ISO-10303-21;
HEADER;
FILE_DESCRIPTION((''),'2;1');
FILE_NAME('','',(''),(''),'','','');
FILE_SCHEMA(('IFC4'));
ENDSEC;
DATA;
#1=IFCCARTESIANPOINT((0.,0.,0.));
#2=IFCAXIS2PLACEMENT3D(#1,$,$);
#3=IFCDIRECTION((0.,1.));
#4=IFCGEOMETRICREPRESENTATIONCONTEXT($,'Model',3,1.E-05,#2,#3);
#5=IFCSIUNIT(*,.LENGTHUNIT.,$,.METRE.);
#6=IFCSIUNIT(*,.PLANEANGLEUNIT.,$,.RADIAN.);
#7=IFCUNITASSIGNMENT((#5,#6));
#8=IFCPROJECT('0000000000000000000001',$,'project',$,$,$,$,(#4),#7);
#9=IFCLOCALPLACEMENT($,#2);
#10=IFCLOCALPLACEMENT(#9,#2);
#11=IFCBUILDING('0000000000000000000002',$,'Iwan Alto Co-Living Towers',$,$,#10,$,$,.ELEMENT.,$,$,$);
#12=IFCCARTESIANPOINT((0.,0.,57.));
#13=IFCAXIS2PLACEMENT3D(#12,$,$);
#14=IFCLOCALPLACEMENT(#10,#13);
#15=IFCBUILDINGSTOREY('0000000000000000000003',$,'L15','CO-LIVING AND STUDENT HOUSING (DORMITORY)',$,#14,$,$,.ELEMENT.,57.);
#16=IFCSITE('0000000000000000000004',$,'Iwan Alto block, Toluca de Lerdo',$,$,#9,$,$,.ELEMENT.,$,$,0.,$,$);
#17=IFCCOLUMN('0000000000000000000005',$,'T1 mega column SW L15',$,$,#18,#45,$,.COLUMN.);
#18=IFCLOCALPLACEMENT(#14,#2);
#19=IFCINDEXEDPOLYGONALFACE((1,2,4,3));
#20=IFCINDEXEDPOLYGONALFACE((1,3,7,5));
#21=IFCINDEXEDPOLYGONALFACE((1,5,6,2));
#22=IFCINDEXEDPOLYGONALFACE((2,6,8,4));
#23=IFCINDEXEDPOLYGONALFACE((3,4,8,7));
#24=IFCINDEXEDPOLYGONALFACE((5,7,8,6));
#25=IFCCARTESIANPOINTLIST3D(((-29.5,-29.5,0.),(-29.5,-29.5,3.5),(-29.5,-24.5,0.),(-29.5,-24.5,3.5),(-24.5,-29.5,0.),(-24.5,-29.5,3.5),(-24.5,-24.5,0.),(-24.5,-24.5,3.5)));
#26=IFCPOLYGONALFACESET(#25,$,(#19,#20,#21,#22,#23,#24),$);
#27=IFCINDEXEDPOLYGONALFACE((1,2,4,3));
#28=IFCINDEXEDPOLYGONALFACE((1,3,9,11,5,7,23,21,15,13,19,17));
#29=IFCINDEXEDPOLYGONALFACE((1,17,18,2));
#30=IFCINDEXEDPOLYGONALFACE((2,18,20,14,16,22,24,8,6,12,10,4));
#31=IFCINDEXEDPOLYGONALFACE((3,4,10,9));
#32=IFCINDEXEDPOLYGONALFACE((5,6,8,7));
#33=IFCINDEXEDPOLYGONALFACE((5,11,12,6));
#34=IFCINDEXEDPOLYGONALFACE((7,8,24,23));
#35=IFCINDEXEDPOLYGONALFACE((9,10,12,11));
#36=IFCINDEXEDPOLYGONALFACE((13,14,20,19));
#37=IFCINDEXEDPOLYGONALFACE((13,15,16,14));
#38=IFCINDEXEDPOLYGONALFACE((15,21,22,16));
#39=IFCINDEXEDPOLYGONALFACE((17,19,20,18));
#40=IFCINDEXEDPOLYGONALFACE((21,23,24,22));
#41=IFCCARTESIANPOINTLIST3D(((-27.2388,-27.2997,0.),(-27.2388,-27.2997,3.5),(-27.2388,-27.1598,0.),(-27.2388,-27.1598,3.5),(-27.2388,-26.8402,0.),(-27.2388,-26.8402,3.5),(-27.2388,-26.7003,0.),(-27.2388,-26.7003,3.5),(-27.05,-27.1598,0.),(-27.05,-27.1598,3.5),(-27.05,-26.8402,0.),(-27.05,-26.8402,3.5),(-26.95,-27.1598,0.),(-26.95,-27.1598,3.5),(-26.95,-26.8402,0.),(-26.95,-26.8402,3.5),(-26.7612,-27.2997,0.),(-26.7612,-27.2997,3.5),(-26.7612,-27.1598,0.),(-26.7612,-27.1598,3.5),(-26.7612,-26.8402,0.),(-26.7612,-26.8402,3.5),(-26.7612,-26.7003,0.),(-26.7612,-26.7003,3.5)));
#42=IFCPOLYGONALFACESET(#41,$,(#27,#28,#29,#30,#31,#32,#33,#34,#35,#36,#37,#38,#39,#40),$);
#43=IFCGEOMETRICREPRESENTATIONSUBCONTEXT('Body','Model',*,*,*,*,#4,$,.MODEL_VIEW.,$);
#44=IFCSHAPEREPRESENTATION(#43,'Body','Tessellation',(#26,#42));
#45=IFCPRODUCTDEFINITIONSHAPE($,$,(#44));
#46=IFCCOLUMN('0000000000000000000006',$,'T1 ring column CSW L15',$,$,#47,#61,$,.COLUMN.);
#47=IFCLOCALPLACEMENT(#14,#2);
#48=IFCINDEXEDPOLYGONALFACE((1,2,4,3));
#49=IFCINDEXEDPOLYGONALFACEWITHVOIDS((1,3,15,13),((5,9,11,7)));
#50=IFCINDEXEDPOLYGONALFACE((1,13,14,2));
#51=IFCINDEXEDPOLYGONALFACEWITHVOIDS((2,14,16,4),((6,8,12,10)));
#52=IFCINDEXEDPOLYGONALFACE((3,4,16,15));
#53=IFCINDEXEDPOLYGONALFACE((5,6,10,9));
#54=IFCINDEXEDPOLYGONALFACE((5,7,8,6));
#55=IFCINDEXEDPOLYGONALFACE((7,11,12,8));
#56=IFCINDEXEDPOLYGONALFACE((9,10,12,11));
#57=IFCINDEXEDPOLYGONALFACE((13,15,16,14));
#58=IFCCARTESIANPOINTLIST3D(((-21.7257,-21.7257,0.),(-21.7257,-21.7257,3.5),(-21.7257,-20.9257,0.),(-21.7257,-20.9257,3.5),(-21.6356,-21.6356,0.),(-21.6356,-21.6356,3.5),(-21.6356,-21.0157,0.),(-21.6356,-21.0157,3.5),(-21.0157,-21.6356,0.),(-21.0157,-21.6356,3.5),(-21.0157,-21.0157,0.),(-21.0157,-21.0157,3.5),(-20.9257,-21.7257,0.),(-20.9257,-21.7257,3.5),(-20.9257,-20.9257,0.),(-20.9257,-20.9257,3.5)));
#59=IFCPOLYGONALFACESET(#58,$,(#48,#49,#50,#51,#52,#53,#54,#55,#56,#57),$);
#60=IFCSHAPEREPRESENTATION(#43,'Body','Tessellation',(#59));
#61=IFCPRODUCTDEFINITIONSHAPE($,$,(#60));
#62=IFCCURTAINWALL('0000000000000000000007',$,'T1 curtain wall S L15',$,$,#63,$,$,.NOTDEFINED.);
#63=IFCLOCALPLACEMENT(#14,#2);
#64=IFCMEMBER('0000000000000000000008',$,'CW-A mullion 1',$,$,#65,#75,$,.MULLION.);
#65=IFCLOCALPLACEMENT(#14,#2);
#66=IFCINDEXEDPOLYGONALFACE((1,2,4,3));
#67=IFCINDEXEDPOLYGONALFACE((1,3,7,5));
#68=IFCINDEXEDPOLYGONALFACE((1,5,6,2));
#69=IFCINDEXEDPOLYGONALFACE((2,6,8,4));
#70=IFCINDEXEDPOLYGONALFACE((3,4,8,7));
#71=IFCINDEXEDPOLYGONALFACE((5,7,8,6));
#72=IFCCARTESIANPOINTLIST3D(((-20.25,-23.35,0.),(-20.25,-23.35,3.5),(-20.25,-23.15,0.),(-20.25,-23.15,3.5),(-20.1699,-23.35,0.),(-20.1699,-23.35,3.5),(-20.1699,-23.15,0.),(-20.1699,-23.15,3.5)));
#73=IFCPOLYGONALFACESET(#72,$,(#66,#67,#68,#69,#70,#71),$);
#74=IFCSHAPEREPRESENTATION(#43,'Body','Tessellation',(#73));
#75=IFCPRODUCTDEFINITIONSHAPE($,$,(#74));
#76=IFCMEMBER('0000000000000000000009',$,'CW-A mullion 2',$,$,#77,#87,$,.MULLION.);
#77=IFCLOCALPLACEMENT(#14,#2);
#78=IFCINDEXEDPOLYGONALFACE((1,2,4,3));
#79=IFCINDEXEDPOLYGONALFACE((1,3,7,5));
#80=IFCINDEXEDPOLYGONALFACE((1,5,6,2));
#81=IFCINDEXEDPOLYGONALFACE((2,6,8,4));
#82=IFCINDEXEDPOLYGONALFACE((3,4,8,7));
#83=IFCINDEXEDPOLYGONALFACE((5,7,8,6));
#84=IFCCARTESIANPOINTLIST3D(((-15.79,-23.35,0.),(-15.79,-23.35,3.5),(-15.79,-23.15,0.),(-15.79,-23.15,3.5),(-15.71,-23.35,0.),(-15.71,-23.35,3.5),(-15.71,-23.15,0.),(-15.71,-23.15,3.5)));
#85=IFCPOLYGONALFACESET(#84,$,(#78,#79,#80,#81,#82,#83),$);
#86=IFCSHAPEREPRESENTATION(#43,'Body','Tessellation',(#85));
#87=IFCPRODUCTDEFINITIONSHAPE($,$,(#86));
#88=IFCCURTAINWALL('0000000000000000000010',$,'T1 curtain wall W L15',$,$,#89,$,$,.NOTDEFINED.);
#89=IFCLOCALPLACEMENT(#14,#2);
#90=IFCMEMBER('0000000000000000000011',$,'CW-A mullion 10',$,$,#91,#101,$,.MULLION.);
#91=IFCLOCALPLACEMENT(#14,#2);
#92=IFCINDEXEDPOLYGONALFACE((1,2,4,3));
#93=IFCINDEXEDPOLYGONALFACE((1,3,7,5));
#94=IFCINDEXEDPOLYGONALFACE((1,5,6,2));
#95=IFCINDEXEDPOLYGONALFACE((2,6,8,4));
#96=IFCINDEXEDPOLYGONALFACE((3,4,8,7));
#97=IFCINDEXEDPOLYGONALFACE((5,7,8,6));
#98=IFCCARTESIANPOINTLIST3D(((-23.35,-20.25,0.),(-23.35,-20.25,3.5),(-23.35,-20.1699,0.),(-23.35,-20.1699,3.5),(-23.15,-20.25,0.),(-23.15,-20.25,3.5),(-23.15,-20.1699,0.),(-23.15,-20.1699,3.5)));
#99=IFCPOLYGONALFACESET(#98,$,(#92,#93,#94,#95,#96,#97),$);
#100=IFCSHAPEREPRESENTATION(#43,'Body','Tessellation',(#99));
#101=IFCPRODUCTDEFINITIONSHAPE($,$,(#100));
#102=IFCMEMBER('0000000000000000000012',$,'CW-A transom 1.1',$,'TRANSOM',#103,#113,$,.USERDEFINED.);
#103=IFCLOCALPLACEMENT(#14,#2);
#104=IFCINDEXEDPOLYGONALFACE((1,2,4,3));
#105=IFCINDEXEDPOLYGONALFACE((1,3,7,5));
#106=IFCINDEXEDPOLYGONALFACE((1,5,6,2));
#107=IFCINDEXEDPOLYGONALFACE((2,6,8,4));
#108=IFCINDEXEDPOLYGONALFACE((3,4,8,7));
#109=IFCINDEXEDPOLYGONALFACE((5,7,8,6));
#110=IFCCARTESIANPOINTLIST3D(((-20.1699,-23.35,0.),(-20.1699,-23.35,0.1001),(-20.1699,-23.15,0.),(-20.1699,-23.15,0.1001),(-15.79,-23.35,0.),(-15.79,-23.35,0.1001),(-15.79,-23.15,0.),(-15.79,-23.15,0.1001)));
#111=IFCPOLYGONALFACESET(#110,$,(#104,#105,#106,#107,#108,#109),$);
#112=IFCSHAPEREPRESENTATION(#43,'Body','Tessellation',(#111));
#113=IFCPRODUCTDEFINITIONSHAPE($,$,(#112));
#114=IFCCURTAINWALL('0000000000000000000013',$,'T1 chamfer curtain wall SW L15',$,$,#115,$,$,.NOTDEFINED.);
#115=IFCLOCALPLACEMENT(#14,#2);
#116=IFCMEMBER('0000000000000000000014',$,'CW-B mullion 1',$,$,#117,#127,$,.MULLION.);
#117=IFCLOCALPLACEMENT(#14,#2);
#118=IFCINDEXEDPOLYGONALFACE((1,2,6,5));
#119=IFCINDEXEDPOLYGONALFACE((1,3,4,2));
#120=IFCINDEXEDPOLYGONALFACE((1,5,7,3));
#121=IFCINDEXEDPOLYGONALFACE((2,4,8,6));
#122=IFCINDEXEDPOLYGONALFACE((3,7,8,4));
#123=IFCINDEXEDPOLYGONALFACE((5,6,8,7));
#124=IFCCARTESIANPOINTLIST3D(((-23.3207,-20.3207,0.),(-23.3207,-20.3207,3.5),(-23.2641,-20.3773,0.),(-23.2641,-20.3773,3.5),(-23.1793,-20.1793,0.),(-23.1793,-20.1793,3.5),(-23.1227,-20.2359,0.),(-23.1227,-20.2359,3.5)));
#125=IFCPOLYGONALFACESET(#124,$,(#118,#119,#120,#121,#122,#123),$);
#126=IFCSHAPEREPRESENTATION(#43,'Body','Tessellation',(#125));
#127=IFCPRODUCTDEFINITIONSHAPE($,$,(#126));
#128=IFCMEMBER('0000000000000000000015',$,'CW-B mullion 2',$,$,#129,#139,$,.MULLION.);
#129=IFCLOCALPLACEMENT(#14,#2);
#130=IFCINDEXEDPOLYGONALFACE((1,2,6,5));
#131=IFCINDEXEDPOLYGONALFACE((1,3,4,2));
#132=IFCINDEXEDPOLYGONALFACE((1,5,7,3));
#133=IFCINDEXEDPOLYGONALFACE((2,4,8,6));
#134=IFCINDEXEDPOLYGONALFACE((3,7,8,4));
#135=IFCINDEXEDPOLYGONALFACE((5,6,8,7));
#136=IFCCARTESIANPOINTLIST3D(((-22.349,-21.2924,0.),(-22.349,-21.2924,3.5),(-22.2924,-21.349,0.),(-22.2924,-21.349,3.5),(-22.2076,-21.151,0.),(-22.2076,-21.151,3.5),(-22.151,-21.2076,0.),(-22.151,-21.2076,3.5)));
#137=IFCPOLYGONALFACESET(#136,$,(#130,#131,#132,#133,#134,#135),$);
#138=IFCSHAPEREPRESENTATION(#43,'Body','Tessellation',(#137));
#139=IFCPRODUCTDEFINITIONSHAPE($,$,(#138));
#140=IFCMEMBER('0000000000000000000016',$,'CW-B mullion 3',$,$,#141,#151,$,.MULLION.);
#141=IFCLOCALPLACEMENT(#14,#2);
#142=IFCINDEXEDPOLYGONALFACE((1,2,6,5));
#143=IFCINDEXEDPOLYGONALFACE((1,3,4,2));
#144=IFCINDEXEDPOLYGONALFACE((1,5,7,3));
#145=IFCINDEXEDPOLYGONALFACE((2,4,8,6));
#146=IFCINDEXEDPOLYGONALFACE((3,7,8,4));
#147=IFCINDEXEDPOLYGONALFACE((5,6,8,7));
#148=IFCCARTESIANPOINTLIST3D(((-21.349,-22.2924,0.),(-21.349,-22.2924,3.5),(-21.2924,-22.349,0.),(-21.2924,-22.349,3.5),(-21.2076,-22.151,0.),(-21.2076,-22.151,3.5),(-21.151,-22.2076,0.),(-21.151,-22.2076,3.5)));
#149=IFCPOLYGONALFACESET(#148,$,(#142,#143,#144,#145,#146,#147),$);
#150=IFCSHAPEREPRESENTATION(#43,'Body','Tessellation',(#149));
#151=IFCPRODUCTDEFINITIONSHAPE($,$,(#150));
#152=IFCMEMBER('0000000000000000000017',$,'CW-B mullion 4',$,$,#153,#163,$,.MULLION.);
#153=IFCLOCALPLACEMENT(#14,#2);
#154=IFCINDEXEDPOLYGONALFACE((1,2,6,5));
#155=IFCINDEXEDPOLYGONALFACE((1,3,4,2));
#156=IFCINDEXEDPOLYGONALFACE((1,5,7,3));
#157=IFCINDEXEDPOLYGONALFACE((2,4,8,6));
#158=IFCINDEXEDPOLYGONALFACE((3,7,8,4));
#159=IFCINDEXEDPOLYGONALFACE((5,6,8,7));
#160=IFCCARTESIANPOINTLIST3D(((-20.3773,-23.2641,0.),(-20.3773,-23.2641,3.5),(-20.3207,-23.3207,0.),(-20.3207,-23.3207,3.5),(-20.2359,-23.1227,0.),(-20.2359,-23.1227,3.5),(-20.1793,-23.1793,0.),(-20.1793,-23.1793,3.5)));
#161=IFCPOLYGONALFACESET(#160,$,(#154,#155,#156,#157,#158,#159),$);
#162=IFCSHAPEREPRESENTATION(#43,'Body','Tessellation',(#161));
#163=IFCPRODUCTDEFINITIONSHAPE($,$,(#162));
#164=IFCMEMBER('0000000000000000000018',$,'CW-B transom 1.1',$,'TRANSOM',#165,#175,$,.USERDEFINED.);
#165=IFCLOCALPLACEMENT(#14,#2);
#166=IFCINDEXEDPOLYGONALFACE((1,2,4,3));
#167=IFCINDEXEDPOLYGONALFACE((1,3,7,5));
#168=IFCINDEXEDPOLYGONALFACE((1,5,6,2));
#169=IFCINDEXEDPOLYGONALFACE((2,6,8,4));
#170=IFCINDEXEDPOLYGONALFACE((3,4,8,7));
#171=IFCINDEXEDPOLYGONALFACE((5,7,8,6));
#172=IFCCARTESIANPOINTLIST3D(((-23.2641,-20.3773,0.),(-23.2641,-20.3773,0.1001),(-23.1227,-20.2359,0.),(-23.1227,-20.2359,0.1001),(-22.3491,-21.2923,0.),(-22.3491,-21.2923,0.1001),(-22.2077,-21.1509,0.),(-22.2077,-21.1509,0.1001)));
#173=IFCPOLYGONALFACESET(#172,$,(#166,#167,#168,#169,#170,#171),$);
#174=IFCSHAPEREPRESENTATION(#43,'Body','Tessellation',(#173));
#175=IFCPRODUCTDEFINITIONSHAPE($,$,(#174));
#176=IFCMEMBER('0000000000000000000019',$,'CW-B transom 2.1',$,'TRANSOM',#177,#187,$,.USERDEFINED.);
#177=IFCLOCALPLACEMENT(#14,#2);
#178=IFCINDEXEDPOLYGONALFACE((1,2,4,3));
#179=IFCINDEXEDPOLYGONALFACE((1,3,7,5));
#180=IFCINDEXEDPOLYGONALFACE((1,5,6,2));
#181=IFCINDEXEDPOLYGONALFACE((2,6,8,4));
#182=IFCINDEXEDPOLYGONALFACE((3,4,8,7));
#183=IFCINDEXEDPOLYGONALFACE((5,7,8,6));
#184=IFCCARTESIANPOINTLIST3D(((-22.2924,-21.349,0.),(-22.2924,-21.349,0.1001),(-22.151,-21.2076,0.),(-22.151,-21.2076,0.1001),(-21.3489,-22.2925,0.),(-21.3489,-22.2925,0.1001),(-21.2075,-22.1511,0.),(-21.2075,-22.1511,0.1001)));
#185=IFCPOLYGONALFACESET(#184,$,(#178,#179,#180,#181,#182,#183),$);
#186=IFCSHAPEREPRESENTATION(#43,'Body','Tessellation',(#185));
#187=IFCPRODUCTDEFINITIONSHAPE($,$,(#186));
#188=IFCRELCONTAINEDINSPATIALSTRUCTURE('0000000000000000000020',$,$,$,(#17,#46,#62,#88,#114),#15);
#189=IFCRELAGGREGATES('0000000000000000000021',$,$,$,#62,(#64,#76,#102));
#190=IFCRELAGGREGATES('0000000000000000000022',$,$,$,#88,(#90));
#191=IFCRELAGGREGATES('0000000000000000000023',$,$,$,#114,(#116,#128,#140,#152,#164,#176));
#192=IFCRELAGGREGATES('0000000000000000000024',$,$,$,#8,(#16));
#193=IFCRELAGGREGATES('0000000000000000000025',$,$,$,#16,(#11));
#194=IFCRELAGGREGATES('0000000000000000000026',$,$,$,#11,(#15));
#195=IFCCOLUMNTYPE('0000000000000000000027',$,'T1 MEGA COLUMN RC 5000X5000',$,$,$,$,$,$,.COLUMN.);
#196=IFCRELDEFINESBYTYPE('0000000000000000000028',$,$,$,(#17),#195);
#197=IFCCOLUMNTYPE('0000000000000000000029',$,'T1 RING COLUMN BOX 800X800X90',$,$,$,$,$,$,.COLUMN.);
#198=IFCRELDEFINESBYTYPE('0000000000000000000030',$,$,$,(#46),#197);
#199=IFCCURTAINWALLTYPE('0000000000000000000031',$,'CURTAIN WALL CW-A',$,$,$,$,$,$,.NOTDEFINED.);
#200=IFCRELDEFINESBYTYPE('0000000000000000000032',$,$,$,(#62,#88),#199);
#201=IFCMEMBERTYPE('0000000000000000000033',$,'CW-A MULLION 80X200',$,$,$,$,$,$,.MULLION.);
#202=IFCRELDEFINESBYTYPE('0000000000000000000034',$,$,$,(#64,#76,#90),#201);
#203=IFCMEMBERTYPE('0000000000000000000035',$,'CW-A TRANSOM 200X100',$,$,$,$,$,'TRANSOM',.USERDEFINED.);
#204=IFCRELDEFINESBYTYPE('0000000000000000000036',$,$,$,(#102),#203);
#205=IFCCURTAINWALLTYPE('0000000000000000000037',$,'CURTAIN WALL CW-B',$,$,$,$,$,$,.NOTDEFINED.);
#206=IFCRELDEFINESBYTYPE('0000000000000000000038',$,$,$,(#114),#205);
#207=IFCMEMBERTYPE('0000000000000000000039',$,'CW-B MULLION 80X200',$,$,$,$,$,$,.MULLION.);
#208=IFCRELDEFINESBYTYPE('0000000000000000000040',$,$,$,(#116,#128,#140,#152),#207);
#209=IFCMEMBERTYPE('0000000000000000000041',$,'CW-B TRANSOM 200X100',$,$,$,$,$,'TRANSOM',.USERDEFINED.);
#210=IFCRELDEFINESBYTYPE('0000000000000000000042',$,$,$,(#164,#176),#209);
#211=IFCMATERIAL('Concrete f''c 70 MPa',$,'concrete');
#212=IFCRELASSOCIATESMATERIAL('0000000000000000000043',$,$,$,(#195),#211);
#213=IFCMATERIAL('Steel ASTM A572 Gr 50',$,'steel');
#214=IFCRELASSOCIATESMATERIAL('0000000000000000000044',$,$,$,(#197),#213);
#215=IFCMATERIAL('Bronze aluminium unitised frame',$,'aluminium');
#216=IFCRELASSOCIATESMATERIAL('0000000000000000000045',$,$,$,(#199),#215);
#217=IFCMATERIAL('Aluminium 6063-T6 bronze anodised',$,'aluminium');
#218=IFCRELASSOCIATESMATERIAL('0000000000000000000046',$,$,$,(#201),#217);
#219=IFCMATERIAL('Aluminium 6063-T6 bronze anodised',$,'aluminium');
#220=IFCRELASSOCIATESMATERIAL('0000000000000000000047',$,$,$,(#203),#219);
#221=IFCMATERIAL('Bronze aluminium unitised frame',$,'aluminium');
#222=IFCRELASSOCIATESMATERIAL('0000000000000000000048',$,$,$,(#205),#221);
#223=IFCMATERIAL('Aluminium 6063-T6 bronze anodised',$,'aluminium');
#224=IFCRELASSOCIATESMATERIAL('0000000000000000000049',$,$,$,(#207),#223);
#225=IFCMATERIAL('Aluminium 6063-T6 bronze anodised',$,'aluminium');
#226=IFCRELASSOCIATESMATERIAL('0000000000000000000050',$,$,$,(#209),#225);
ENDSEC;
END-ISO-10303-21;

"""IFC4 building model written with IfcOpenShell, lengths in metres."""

from ifc_helpers import new_model, si_unit, direction, frame, origin, origin_2d, place, context, subcontext, project, spatial, rectangle, hollow_rectangle, i_section, extrude, material, material_profile, profile_set, type_object, element, aggregate, save


model = new_model("IFC4")

# Units and contexts
model_context = context("Model", 3, precision=1e-05, world=origin(), true_north=direction((0.0, 1.0)))
body_context = subcontext(model_context, "Body", "Model", "MODEL_VIEW")
ifc_project = project(units=[si_unit("LENGTHUNIT", "METRE"), si_unit("PLANEANGLEUNIT", "RADIAN")], contexts=[model_context])

# Site, building, storey
site_placement = place(None, origin())
site = spatial("IfcSite", under=ifc_project, at=site_placement, Name="Iwan Alto block, Toluca de Lerdo", CompositionType="ELEMENT", RefElevation=0.0)
building_placement = place(site_placement, origin())
building = spatial("IfcBuilding", under=site, at=building_placement, Name="Iwan Alto Co-Living Towers", CompositionType="ELEMENT")
storey_placement = place(building_placement, frame((0.0, 0.0, 57.0)))
storey = spatial("IfcBuildingStorey", under=building, at=storey_placement, Name="L15", Description="CO-LIVING AND STUDENT HOUSING (DORMITORY)", CompositionType="ELEMENT", Elevation=57.0)

# Columns
ifc_material_1 = material(Name="Concrete f'c 70 MPa", Category="concrete")
ifc_material_profile_1 = material_profile(ifc_material_1, rectangle(XDim=5.0, YDim=5.0, at=origin_2d()), Name="RC 5000X5000")
ifc_profile_set_1 = profile_set([ifc_material_profile_1], Name="Concrete f'c 70 MPa")
column_type_1 = type_object("IfcColumnType", Name="T1 MEGA COLUMN RC 5000X5000", PredefinedType="COLUMN", material=ifc_profile_set_1)
column_1_placement = place(storey_placement, frame((-27.0, -27.0, 0.0), z_axis=(0.0, 0.0, 1.0), x_axis=(1.0, 0.0, 0.0)))
element("IfcColumn", 1, at=column_1_placement, inside=storey, type_object=column_type_1, Name="T1 mega column SW L15", PredefinedType="COLUMN", context=body_context, shape_type="SweptSolid", body=[
    extrude(rectangle(XDim=5.0, YDim=5.0, at=origin_2d()), origin(), (0.0, 0.0, 1.0), 3.5),
    extrude(i_section(OverallWidth=0.4775, OverallDepth=0.5994, WebThickness=0.1001, FlangeThickness=0.1399, at=origin_2d()), origin(), (0.0, 0.0, 1.0), 3.5),
])
ifc_material_2 = material(Name="Steel ASTM A572 Gr 50", Category="steel")
ifc_material_profile_2 = material_profile(ifc_material_2, hollow_rectangle(XDim=0.8, YDim=0.8, WallThickness=0.0901, at=origin_2d()), Name="BOX 800X800X90")
ifc_profile_set_2 = profile_set([ifc_material_profile_2], Name="Steel ASTM A572 Gr 50")
column_type_2 = type_object("IfcColumnType", Name="T1 RING COLUMN BOX 800X800X90", PredefinedType="COLUMN", material=ifc_profile_set_2)
column_2_placement = place(storey_placement, frame((-21.3257, -21.3257, 0.0), z_axis=(0.0, 0.0, 1.0), x_axis=(1.0, 0.0, 0.0)))
element("IfcColumn", 2, at=column_2_placement, inside=storey, type_object=column_type_2, Name="T1 ring column CSW L15", PredefinedType="COLUMN", context=body_context, shape_type="SweptSolid", body=[
    extrude(hollow_rectangle(XDim=0.8, YDim=0.8, WallThickness=0.0901, at=origin_2d()), origin(), (0.0, 0.0, 1.0), 3.5),
])

# Curtain wall, members
ifc_material_3 = material(Name="Bronze aluminium unitised frame", Category="aluminium")
curtain_wall_type_1 = type_object("IfcCurtainWallType", Name="CURTAIN WALL CW-A", PredefinedType="NOTDEFINED", material=ifc_material_3)
curtain_wall_1_placement = place(storey_placement, origin())
curtain_wall_1 = element("IfcCurtainWall", 3, at=curtain_wall_1_placement, inside=storey, type_object=curtain_wall_type_1, Name="T1 curtain wall S L15", PredefinedType="NOTDEFINED")
ifc_material_4 = material(Name="Aluminium 6063-T6 bronze anodised", Category="aluminium")
ifc_material_profile_3 = material_profile(ifc_material_4, rectangle(XDim=0.2, YDim=0.0801, at=origin_2d()), Name="AL 80X200")
ifc_profile_set_3 = profile_set([ifc_material_profile_3], Name="Aluminium 6063-T6 bronze anodised")
member_type_1 = type_object("IfcMemberType", Name="CW-A MULLION 80X200", PredefinedType="MULLION", material=ifc_profile_set_3)
member_1_placement = place(storey_placement, frame((-20.21, -23.25, 0.0), z_axis=(0.0, 0.0, 1.0), x_axis=(0.0, 1.0, 0.0)))
member_1 = element("IfcMember", 4, at=member_1_placement, type_object=member_type_1, Name="CW-A mullion 1", PredefinedType="MULLION", context=body_context, shape_type="SweptSolid", body=[
    extrude(rectangle(XDim=0.2, YDim=0.0801, at=origin_2d()), origin(), (0.0, 0.0, 1.0), 3.5),
])
member_2_placement = place(storey_placement, frame((-15.75, -23.25, 0.0), z_axis=(0.0, 0.0, 1.0), x_axis=(0.0, 1.0, 0.0)))
member_2 = element("IfcMember", 5, at=member_2_placement, type_object=member_type_1, Name="CW-A mullion 2", PredefinedType="MULLION", context=body_context, shape_type="SweptSolid", body=[
    extrude(rectangle(XDim=0.2, YDim=0.0801, at=origin_2d()), origin(), (0.0, 0.0, 1.0), 3.5),
])

# Curtain wall, member
curtain_wall_2_placement = place(storey_placement, origin())
curtain_wall_2 = element("IfcCurtainWall", 6, at=curtain_wall_2_placement, inside=storey, type_object=curtain_wall_type_1, Name="T1 curtain wall W L15", PredefinedType="NOTDEFINED")
member_3_placement = place(storey_placement, frame((-23.25, -20.21, 0.0), z_axis=(0.0, 0.0, 1.0), x_axis=(1.0, 0.0, 0.0)))
member_3 = element("IfcMember", 7, at=member_3_placement, type_object=member_type_1, Name="CW-A mullion 10", PredefinedType="MULLION", context=body_context, shape_type="SweptSolid", body=[
    extrude(rectangle(XDim=0.2, YDim=0.0801, at=origin_2d()), origin(), (0.0, 0.0, 1.0), 3.5),
])

# Member
ifc_material_5 = material(Name="Aluminium 6063-T6 bronze anodised", Category="aluminium")
ifc_material_profile_4 = material_profile(ifc_material_5, rectangle(XDim=0.2, YDim=0.1001, at=origin_2d()), Name="AL 200X100")
ifc_profile_set_4 = profile_set([ifc_material_profile_4], Name="Aluminium 6063-T6 bronze anodised")
member_type_2 = type_object("IfcMemberType", Name="CW-A TRANSOM 200X100", ElementType="TRANSOM", PredefinedType="USERDEFINED", material=ifc_profile_set_4)
member_4_placement = place(storey_placement, frame((-20.1699, -23.25, 0.05), z_axis=(1.0, 0.0, 0.0), x_axis=(0.0, 1.0, 0.0)))
member_4 = element("IfcMember", 8, at=member_4_placement, type_object=member_type_2, Name="CW-A transom 1.1", ObjectType="TRANSOM", PredefinedType="USERDEFINED", context=body_context, shape_type="SweptSolid", body=[
    extrude(rectangle(XDim=0.2, YDim=0.1001, at=origin_2d()), origin(), (0.0, 0.0, 1.0), 4.3799),
])

# Curtain wall, members
ifc_material_6 = material(Name="Bronze aluminium unitised frame", Category="aluminium")
curtain_wall_type_2 = type_object("IfcCurtainWallType", Name="CURTAIN WALL CW-B", PredefinedType="NOTDEFINED", material=ifc_material_6)
curtain_wall_3_placement = place(storey_placement, origin())
curtain_wall_3 = element("IfcCurtainWall", 9, at=curtain_wall_3_placement, inside=storey, type_object=curtain_wall_type_2, Name="T1 chamfer curtain wall SW L15", PredefinedType="NOTDEFINED")
ifc_material_7 = material(Name="Aluminium 6063-T6 bronze anodised", Category="aluminium")
ifc_material_profile_5 = material_profile(ifc_material_7, rectangle(XDim=0.2, YDim=0.0801, at=origin_2d()), Name="AL 80X200")
ifc_profile_set_5 = profile_set([ifc_material_profile_5], Name="Aluminium 6063-T6 bronze anodised")
member_type_3 = type_object("IfcMemberType", Name="CW-B MULLION 80X200", PredefinedType="MULLION", material=ifc_profile_set_5)
member_5_placement = place(storey_placement, frame((-23.2217, -20.2783, 0.0), z_axis=(0.0, 0.0, 1.0), x_axis=(0.707107, 0.707107, 0.0)))
member_5 = element("IfcMember", 10, at=member_5_placement, type_object=member_type_3, Name="CW-B mullion 1", PredefinedType="MULLION", context=body_context, shape_type="SweptSolid", body=[
    extrude(rectangle(XDim=0.2, YDim=0.0801, at=origin_2d()), origin(), (0.0, 0.0, 1.0), 3.5),
])
member_6_placement = place(storey_placement, frame((-22.25, -21.25, 0.0), z_axis=(0.0, 0.0, 1.0), x_axis=(0.707107, 0.707107, 0.0)))
member_6 = element("IfcMember", 11, at=member_6_placement, type_object=member_type_3, Name="CW-B mullion 2", PredefinedType="MULLION", context=body_context, shape_type="SweptSolid", body=[
    extrude(rectangle(XDim=0.2, YDim=0.0801, at=origin_2d()), origin(), (0.0, 0.0, 1.0), 3.5),
])
member_7_placement = place(storey_placement, frame((-21.25, -22.25, 0.0), z_axis=(0.0, 0.0, 1.0), x_axis=(0.707107, 0.707107, 0.0)))
member_7 = element("IfcMember", 12, at=member_7_placement, type_object=member_type_3, Name="CW-B mullion 3", PredefinedType="MULLION", context=body_context, shape_type="SweptSolid", body=[
    extrude(rectangle(XDim=0.2, YDim=0.0801, at=origin_2d()), origin(), (0.0, 0.0, 1.0), 3.5),
])
member_8_placement = place(storey_placement, frame((-20.2783, -23.2217, 0.0), z_axis=(0.0, 0.0, 1.0), x_axis=(0.707107, 0.707107, 0.0)))
member_8 = element("IfcMember", 13, at=member_8_placement, type_object=member_type_3, Name="CW-B mullion 4", PredefinedType="MULLION", context=body_context, shape_type="SweptSolid", body=[
    extrude(rectangle(XDim=0.2, YDim=0.0801, at=origin_2d()), origin(), (0.0, 0.0, 1.0), 3.5),
])
ifc_material_8 = material(Name="Aluminium 6063-T6 bronze anodised", Category="aluminium")
ifc_material_profile_6 = material_profile(ifc_material_8, rectangle(XDim=0.2, YDim=0.1001, at=origin_2d()), Name="AL 200X100")
ifc_profile_set_6 = profile_set([ifc_material_profile_6], Name="Aluminium 6063-T6 bronze anodised")
member_type_4 = type_object("IfcMemberType", Name="CW-B TRANSOM 200X100", ElementType="TRANSOM", PredefinedType="USERDEFINED", material=ifc_profile_set_6)
member_9_placement = place(storey_placement, frame((-23.1934, -20.3066, 0.05), z_axis=(0.707107, -0.707107, 0.0), x_axis=(0.707107, 0.707107, 0.0)))
member_9 = element("IfcMember", 14, at=member_9_placement, type_object=member_type_4, Name="CW-B transom 1.1", ObjectType="TRANSOM", PredefinedType="USERDEFINED", context=body_context, shape_type="SweptSolid", body=[
    extrude(rectangle(XDim=0.2, YDim=0.1001, at=origin_2d()), origin(), (0.0, 0.0, 1.0), 1.2939),
])
member_10_placement = place(storey_placement, frame((-22.2217, -21.2783, 0.05), z_axis=(0.707107, -0.707107, 0.0), x_axis=(0.707107, 0.707107, 0.0)))
member_10 = element("IfcMember", 15, at=member_10_placement, type_object=member_type_4, Name="CW-B transom 2.1", ObjectType="TRANSOM", PredefinedType="USERDEFINED", context=body_context, shape_type="SweptSolid", body=[
    extrude(rectangle(XDim=0.2, YDim=0.1001, at=origin_2d()), origin(), (0.0, 0.0, 1.0), 1.3342),
])

aggregate(curtain_wall_1, [member_1, member_2, member_4])
aggregate(curtain_wall_2, [member_3])
aggregate(curtain_wall_3, [member_5, member_6, member_7, member_8, member_9, member_10])

save(model, "model.ifc")
